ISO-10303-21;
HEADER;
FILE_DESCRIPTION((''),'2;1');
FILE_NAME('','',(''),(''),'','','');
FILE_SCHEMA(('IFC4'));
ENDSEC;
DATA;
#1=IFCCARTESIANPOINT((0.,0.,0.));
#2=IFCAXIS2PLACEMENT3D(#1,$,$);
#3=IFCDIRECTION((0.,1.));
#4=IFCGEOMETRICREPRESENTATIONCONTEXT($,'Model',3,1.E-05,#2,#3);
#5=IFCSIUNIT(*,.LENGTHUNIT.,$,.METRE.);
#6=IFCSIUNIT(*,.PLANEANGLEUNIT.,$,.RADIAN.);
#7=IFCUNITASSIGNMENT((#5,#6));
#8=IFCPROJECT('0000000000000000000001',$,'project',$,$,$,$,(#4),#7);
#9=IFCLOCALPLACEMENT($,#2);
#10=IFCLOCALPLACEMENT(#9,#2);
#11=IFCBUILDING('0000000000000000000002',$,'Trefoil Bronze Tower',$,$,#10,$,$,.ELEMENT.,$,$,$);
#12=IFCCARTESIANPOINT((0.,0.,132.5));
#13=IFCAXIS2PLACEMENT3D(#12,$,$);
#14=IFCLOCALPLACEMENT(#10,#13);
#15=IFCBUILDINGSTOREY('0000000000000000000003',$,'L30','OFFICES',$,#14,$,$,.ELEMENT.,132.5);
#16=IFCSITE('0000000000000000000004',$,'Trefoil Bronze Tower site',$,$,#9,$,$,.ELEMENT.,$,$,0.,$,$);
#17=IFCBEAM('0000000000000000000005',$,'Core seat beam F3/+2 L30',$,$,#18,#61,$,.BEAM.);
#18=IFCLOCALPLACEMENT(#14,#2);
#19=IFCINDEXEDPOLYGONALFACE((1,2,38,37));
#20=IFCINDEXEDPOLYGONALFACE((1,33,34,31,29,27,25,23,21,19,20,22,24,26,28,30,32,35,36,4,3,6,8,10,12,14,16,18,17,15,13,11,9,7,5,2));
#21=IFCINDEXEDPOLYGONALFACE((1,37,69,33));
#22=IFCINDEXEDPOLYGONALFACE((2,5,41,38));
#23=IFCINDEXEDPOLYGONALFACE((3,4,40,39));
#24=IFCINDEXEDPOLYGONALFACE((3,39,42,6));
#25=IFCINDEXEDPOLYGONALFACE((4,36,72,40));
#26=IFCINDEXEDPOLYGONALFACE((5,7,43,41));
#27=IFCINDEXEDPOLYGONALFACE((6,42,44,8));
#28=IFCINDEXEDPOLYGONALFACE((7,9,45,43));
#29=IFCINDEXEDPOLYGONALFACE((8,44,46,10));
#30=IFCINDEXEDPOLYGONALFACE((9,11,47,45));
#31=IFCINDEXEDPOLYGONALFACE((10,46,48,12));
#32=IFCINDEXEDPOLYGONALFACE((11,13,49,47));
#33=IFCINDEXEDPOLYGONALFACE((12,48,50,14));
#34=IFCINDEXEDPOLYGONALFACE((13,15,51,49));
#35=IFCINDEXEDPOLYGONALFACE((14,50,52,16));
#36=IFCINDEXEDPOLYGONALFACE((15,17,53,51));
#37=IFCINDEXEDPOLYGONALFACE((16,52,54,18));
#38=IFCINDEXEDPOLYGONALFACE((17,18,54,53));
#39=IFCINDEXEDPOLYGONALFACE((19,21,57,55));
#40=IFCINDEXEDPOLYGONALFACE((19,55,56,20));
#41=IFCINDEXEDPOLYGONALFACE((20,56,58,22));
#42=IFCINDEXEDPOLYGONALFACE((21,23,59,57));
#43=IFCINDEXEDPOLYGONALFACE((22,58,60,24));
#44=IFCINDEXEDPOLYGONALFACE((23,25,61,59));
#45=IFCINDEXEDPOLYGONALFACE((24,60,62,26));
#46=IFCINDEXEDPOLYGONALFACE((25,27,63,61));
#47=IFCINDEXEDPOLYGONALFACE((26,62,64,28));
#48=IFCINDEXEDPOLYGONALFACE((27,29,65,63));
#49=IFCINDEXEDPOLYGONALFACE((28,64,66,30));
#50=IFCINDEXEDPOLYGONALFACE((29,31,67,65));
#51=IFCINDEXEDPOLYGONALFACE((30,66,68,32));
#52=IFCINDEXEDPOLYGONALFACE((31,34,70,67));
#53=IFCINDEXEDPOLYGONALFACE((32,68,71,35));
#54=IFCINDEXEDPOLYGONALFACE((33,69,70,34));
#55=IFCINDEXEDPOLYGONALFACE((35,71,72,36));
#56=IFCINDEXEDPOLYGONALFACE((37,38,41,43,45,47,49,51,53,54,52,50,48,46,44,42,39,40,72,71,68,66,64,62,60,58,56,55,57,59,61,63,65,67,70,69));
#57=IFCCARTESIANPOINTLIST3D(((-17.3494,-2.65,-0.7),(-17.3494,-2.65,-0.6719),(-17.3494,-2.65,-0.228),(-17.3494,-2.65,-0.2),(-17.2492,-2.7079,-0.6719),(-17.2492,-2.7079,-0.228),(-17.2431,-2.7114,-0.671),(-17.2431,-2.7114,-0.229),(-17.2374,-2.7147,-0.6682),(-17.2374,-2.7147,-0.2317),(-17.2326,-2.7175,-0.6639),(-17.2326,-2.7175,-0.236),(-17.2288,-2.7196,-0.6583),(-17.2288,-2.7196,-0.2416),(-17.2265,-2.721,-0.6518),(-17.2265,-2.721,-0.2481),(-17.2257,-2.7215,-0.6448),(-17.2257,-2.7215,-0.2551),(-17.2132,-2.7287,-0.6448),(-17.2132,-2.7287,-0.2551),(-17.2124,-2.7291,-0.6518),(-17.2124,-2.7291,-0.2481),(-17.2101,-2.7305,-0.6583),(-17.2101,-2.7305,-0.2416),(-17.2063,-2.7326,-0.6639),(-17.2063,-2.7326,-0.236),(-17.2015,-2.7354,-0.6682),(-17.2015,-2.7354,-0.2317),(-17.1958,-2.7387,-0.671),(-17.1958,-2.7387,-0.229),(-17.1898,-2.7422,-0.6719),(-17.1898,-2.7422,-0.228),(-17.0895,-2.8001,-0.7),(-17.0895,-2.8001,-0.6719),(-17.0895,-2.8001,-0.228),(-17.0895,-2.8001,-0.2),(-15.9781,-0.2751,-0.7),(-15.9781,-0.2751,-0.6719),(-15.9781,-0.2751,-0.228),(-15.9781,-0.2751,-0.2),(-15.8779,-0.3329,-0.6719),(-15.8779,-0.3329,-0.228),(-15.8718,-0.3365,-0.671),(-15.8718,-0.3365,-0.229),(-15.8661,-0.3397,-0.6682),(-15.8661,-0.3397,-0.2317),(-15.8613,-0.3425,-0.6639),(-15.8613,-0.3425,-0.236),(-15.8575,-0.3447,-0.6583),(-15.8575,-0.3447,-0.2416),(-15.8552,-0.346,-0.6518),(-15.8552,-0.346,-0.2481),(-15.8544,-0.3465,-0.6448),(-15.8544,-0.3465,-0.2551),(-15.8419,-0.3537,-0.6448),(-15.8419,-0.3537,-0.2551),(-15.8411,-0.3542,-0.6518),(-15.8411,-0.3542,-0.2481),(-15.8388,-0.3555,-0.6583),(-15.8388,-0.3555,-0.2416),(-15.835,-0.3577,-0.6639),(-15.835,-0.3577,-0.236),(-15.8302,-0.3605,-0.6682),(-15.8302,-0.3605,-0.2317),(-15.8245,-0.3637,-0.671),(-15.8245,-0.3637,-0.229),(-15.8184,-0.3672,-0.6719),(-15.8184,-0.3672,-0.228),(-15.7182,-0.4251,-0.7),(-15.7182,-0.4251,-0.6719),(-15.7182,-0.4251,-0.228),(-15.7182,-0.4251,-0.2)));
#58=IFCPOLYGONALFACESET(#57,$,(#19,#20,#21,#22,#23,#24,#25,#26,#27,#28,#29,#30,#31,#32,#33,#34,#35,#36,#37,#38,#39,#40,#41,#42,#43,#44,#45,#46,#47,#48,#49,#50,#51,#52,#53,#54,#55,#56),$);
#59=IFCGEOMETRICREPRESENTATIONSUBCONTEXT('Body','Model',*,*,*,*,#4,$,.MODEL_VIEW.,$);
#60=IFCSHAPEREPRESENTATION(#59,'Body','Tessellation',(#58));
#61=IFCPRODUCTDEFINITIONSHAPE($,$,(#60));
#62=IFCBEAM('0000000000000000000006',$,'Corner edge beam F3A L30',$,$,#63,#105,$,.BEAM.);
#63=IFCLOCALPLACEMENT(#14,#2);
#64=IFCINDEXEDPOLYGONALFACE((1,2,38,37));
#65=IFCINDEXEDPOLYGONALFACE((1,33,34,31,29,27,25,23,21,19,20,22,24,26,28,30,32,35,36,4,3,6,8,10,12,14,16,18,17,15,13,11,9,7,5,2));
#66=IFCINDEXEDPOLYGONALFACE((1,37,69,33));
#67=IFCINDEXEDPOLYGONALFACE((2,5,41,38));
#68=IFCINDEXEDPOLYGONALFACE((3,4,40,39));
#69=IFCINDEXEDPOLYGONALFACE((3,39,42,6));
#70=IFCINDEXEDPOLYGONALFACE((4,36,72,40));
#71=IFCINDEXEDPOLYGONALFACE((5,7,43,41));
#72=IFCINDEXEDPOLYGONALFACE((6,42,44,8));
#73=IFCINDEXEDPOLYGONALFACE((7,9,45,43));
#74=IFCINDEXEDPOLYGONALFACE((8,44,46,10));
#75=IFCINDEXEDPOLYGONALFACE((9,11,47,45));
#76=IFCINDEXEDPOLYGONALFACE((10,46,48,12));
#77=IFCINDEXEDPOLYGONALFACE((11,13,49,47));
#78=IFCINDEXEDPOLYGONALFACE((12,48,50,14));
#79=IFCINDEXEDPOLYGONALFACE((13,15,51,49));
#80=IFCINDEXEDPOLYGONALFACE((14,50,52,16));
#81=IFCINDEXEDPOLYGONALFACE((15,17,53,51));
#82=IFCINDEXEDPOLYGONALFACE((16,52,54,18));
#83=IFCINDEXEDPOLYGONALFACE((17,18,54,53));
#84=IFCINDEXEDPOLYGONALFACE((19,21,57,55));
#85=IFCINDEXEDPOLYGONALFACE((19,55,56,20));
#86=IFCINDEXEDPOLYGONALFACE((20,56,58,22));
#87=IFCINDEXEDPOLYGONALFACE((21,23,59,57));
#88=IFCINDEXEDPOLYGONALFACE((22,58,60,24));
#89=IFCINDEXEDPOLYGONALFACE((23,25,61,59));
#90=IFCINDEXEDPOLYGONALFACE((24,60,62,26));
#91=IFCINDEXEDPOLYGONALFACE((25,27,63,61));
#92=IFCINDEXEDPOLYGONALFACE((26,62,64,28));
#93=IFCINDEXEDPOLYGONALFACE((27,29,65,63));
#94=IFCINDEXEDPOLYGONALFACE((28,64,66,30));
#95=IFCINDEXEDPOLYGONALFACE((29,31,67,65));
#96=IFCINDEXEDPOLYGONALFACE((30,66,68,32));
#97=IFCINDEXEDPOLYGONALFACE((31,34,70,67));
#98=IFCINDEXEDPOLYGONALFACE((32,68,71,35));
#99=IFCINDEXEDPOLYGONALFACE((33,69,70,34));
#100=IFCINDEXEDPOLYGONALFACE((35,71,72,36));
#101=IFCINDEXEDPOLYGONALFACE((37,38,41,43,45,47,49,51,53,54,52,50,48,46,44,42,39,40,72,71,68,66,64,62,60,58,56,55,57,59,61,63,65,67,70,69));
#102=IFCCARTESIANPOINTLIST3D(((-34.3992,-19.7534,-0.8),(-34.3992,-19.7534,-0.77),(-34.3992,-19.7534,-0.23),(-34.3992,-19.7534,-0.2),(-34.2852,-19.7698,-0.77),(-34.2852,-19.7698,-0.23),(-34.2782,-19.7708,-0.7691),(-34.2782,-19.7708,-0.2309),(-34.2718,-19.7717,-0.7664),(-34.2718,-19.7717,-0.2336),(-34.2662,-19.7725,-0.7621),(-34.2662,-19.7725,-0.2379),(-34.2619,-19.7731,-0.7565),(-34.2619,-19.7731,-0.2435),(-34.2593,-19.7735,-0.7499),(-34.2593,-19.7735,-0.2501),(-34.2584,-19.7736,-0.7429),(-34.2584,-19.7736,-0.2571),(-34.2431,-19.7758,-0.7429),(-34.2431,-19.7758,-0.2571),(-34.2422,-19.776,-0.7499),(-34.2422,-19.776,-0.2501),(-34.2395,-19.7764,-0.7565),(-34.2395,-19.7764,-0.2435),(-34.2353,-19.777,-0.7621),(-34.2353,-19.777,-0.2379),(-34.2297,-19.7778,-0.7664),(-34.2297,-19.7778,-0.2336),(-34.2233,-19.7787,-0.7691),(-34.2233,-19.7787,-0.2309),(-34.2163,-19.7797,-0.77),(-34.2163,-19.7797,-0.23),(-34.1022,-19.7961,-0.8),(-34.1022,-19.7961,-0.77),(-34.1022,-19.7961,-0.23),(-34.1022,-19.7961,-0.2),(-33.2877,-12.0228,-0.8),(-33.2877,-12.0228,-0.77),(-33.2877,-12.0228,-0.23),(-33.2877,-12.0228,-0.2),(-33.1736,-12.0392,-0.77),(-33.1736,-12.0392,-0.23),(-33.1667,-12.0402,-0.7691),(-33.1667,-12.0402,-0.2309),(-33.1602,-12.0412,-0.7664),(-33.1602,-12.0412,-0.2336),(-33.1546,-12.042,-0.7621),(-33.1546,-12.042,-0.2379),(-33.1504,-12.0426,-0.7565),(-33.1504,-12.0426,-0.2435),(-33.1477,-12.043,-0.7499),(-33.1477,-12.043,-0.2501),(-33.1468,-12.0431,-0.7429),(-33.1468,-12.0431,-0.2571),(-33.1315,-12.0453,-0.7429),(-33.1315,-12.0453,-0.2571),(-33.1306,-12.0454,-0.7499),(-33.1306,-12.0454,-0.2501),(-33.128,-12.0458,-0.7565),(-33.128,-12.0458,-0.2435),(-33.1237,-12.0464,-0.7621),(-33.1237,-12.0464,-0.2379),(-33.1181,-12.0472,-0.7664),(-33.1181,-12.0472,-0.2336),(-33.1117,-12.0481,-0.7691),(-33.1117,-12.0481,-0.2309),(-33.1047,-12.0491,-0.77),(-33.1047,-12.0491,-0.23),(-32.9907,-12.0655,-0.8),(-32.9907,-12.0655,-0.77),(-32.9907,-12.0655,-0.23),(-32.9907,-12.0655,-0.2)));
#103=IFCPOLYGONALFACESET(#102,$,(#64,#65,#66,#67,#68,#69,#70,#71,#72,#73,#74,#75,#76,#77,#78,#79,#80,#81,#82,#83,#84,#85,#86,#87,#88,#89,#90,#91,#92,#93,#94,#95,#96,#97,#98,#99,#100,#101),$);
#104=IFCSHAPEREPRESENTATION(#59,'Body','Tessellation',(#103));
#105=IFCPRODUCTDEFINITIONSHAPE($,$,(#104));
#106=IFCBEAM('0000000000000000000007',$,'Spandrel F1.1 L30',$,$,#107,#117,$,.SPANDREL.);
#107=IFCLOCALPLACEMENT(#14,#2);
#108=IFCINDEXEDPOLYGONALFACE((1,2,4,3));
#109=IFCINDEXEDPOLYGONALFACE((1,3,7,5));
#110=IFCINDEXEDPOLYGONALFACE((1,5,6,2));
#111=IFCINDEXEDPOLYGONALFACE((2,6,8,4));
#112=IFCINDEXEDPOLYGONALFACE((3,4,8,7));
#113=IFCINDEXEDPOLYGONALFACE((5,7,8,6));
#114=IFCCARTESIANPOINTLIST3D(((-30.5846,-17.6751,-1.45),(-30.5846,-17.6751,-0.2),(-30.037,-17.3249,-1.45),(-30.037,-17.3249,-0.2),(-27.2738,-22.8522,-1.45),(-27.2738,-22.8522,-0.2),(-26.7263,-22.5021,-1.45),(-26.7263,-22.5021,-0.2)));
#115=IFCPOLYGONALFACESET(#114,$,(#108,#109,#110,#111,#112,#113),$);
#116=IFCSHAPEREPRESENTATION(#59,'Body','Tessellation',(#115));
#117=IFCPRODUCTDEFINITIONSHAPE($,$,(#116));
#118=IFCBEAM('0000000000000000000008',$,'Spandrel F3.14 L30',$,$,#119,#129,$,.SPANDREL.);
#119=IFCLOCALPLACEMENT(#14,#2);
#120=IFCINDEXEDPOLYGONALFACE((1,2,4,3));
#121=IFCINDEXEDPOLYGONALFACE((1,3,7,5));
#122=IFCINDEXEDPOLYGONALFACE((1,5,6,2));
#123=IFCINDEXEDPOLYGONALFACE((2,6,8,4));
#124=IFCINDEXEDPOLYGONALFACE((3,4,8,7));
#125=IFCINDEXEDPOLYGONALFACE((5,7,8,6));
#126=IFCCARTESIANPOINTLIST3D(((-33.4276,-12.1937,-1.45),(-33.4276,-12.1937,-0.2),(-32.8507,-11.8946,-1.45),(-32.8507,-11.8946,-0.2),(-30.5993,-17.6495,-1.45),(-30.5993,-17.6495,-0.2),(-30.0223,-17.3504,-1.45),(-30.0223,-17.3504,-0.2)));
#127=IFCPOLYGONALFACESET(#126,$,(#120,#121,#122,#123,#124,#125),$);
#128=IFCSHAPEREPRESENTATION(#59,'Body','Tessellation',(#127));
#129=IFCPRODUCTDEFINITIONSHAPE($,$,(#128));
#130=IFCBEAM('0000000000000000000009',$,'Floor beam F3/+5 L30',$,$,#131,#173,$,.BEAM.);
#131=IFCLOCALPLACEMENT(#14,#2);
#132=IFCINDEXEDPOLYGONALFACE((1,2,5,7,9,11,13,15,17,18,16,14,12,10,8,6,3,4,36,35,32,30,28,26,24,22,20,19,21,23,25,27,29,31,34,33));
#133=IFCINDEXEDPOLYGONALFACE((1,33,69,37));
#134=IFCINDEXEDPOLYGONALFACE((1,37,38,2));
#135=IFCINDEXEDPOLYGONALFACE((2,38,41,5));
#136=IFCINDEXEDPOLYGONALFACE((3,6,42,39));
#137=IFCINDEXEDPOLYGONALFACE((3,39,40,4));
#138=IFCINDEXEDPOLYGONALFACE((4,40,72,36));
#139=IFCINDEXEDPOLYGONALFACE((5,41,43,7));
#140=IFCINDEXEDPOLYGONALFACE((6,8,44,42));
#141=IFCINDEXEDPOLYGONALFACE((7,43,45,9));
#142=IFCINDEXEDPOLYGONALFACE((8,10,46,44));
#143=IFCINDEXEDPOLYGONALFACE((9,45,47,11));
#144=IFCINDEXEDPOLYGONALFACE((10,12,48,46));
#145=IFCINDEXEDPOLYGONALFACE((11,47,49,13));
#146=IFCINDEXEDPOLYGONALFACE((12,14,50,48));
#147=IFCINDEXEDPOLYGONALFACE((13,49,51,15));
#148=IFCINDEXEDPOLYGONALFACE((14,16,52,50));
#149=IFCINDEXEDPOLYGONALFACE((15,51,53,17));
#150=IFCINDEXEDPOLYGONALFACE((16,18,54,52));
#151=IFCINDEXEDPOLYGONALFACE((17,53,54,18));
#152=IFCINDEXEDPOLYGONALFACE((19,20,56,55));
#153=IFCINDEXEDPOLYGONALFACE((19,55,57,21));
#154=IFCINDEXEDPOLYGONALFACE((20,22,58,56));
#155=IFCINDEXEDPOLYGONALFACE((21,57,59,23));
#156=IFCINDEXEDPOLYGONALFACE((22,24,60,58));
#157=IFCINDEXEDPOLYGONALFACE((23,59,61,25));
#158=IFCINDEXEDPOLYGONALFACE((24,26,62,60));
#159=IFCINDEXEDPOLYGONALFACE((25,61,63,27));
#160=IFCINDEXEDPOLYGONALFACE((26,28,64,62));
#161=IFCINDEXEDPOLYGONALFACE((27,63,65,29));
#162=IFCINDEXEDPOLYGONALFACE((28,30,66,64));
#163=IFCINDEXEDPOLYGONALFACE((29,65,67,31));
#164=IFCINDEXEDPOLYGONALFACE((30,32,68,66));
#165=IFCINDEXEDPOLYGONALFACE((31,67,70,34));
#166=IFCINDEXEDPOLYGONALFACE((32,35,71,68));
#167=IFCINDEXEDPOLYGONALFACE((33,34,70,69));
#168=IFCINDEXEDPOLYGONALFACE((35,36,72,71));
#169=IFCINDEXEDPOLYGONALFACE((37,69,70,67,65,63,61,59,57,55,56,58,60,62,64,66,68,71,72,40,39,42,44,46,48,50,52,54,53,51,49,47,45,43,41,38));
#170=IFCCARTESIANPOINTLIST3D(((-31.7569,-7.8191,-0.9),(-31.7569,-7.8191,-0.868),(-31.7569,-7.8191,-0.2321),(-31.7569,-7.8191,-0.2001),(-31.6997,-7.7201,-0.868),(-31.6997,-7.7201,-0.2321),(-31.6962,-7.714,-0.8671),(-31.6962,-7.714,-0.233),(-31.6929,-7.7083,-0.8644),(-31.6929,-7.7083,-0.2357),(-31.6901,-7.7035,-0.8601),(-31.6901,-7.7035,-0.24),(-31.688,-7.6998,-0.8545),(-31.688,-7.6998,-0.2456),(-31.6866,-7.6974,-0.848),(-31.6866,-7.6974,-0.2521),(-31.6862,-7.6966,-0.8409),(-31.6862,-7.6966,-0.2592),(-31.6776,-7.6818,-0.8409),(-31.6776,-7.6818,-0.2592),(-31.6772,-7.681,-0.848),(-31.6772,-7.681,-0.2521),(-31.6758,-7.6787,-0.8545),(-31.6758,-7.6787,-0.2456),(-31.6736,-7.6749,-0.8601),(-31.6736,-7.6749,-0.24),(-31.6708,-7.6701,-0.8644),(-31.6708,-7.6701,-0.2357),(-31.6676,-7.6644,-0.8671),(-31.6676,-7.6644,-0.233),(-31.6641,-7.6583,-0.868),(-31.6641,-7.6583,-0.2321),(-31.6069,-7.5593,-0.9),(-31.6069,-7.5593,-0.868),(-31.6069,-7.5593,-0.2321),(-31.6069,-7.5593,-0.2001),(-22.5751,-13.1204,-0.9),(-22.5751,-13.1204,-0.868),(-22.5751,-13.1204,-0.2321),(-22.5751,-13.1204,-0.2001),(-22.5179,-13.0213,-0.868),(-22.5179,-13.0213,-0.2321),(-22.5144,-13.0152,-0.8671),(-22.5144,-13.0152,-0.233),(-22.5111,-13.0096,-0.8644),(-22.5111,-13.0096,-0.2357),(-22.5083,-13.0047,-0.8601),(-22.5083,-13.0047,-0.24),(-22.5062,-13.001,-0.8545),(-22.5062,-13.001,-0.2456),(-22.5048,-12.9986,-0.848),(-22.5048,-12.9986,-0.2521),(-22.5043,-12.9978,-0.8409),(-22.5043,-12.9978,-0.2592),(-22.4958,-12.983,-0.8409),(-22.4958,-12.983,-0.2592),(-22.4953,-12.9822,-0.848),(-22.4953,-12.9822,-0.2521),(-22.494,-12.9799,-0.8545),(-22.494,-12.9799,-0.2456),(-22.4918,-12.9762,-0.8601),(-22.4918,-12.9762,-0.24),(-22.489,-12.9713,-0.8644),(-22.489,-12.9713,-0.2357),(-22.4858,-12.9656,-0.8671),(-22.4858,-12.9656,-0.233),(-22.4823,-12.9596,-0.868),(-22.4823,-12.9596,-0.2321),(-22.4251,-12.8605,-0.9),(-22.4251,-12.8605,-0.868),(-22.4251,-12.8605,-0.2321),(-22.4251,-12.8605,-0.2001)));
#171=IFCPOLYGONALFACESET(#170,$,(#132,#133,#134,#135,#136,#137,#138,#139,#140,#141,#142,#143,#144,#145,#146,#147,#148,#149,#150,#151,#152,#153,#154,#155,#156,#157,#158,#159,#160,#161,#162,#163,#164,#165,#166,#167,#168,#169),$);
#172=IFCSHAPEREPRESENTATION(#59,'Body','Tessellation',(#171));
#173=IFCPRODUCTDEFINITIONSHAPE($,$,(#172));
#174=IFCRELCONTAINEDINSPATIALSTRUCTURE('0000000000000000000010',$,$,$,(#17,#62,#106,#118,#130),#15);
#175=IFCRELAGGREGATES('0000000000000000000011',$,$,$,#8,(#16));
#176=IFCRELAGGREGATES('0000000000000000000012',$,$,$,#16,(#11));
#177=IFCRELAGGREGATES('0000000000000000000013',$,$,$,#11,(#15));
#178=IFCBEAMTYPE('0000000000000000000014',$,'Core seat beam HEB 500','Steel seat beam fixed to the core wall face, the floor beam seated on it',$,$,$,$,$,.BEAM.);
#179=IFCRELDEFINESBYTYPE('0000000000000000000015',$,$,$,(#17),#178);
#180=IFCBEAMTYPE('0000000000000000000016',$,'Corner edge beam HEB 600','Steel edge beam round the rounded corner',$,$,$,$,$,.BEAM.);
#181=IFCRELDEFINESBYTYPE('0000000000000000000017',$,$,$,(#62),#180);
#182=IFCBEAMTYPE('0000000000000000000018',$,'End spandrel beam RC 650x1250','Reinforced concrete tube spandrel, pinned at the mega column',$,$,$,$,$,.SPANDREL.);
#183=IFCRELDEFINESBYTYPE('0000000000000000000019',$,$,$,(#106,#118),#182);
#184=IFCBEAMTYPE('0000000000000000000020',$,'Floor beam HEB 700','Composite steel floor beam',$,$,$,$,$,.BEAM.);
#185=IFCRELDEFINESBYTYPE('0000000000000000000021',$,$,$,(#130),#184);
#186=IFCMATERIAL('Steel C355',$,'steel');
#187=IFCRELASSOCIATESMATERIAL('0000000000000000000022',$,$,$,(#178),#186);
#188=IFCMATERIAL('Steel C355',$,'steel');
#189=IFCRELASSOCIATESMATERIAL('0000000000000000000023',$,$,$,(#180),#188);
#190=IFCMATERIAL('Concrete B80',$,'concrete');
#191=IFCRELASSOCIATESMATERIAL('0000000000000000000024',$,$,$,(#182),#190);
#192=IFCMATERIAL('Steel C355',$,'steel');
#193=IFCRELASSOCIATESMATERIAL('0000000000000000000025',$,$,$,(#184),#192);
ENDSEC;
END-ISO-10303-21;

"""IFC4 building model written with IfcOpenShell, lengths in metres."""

from ifc_helpers import new_model, si_unit, direction, frame, origin, origin_2d, place, context, subcontext, project, spatial, rectangle, i_section, extrude, material, material_profile, profile_set, type_object, element, save


model = new_model("IFC4")

# Units and contexts
model_context = context("Model", 3, precision=1e-05, world=origin(), true_north=direction((0.0, 1.0)))
body_context = subcontext(model_context, "Body", "Model", "MODEL_VIEW")
ifc_project = project(units=[si_unit("LENGTHUNIT", "METRE"), si_unit("PLANEANGLEUNIT", "RADIAN")], contexts=[model_context])

# Site, building, storey
site_placement = place(None, origin())
site = spatial("IfcSite", under=ifc_project, at=site_placement, Name="Trefoil Bronze Tower site", CompositionType="ELEMENT", RefElevation=0.0)
building_placement = place(site_placement, origin())
building = spatial("IfcBuilding", under=site, at=building_placement, Name="Trefoil Bronze Tower", CompositionType="ELEMENT")
storey_placement = place(building_placement, frame((0.0, 0.0, 132.5)))
storey = spatial("IfcBuildingStorey", under=building, at=storey_placement, Name="L30", Description="OFFICES", CompositionType="ELEMENT", Elevation=132.5)

# Beams
ifc_material_1 = material(Name="Steel C355", Category="steel")
ifc_material_profile_1 = material_profile(ifc_material_1, i_section(OverallWidth=0.3, OverallDepth=0.5, WebThickness=0.0144, FlangeThickness=0.0281, FilletRadius=0.0271, at=origin_2d()), Name="HEB 500")
ifc_profile_set_1 = profile_set([ifc_material_profile_1], Name="Steel C355")
beam_type_1 = type_object("IfcBeamType", Name="Core seat beam HEB 500", Description="Steel seat beam fixed to the core wall face, the floor beam seated on it", PredefinedType="BEAM", material=ifc_profile_set_1)
beam_1_placement = place(storey_placement, frame((-15.8481, -0.3501, -0.45), z_axis=(-0.500036, -0.866005, 0.0), x_axis=(0.866005, -0.500036, 0.0)))
element("IfcBeam", 1, at=beam_1_placement, inside=storey, type_object=beam_type_1, Name="Core seat beam F3/+2 L30", PredefinedType="BEAM", context=body_context, shape_type="SweptSolid", body=[
    extrude(i_section(OverallWidth=0.3, OverallDepth=0.5, WebThickness=0.0144, FlangeThickness=0.0281, FilletRadius=0.0271, at=origin_2d()), origin(), (0.0, 0.0, 1.0), 2.7424),
])
ifc_material_2 = material(Name="Steel C355", Category="steel")
ifc_material_profile_2 = material_profile(ifc_material_2, i_section(OverallWidth=0.3, OverallDepth=0.6001, WebThickness=0.0154, FlangeThickness=0.03, FilletRadius=0.0271, at=origin_2d()), Name="HEB 600")
ifc_profile_set_2 = profile_set([ifc_material_profile_2], Name="Steel C355")
beam_type_2 = type_object("IfcBeamType", Name="Corner edge beam HEB 600", Description="Steel edge beam round the rounded corner", PredefinedType="BEAM", material=ifc_profile_set_2)
beam_2_placement = place(storey_placement, frame((-33.1392, -12.0442, -0.5), z_axis=(-0.142327, -0.98982, 0.0), x_axis=(0.98982, -0.142327, 0.0)))
element("IfcBeam", 2, at=beam_2_placement, inside=storey, type_object=beam_type_2, Name="Corner edge beam F3A L30", PredefinedType="BEAM", context=body_context, shape_type="SweptSolid", body=[
    extrude(i_section(OverallWidth=0.3, OverallDepth=0.6001, WebThickness=0.0154, FlangeThickness=0.03, FilletRadius=0.0271, at=origin_2d()), origin(), (0.0, 0.0, 1.0), 7.8101),
])
ifc_material_3 = material(Name="Concrete B80", Category="concrete")
ifc_material_profile_3 = material_profile(ifc_material_3, rectangle(XDim=0.6499, YDim=1.25, at=origin_2d()), Name="RC 650x1250")
ifc_profile_set_3 = profile_set([ifc_material_profile_3], Name="Concrete B80")
beam_type_3 = type_object("IfcBeamType", Name="End spandrel beam RC 650x1250", Description="Reinforced concrete tube spandrel, pinned at the mega column", PredefinedType="SPANDREL", material=ifc_profile_set_3)
for number, where, z_axis, x_axis, name in (
    (3, (-30.3108, -17.5, -0.825), (0.538748, -0.842467, 0.0), (0.842467, 0.538748, 0.0), "Spandrel F1.1 L30"),
    (4, (-33.1392, -12.0442, -0.825), (0.460244, -0.887792, 0.0), (0.887792, 0.460244, 0.0), "Spandrel F3.14 L30"),
):
    element("IfcBeam", number, at=place(storey_placement, frame(where, z_axis=z_axis, x_axis=x_axis)), inside=storey, type_object=beam_type_3, Name=name, PredefinedType="SPANDREL", context=body_context, shape_type="SweptSolid", body=[
        extrude(rectangle(XDim=0.6499, YDim=1.25, at=origin_2d()), origin(), (0.0, 0.0, 1.0), 6.1453),
    ])
ifc_material_4 = material(Name="Steel C355", Category="steel")
ifc_material_profile_4 = material_profile(ifc_material_4, i_section(OverallWidth=0.3, OverallDepth=0.7, WebThickness=0.0171, FlangeThickness=0.032, FilletRadius=0.0271, at=origin_2d()), Name="HEB 700")
ifc_profile_set_4 = profile_set([ifc_material_profile_4], Name="Steel C355")
beam_type_4 = type_object("IfcBeamType", Name="Floor beam HEB 700", Description="Composite steel floor beam", PredefinedType="BEAM", material=ifc_profile_set_4)
beam_3_placement = place(storey_placement, frame((-31.6819, -7.6892, -0.55), z_axis=(0.866021, -0.500007, 0.0), x_axis=(0.500007, 0.866021, 0.0)))
element("IfcBeam", 5, at=beam_3_placement, inside=storey, type_object=beam_type_4, Name="Floor beam F3/+5 L30", PredefinedType="BEAM", context=body_context, shape_type="SweptSolid", body=[
    extrude(i_section(OverallWidth=0.3, OverallDepth=0.7, WebThickness=0.0171, FlangeThickness=0.032, FilletRadius=0.0271, at=origin_2d()), origin(), (0.0, 0.0, 1.0), 10.6023),
])

save(model, "model.ifc")
